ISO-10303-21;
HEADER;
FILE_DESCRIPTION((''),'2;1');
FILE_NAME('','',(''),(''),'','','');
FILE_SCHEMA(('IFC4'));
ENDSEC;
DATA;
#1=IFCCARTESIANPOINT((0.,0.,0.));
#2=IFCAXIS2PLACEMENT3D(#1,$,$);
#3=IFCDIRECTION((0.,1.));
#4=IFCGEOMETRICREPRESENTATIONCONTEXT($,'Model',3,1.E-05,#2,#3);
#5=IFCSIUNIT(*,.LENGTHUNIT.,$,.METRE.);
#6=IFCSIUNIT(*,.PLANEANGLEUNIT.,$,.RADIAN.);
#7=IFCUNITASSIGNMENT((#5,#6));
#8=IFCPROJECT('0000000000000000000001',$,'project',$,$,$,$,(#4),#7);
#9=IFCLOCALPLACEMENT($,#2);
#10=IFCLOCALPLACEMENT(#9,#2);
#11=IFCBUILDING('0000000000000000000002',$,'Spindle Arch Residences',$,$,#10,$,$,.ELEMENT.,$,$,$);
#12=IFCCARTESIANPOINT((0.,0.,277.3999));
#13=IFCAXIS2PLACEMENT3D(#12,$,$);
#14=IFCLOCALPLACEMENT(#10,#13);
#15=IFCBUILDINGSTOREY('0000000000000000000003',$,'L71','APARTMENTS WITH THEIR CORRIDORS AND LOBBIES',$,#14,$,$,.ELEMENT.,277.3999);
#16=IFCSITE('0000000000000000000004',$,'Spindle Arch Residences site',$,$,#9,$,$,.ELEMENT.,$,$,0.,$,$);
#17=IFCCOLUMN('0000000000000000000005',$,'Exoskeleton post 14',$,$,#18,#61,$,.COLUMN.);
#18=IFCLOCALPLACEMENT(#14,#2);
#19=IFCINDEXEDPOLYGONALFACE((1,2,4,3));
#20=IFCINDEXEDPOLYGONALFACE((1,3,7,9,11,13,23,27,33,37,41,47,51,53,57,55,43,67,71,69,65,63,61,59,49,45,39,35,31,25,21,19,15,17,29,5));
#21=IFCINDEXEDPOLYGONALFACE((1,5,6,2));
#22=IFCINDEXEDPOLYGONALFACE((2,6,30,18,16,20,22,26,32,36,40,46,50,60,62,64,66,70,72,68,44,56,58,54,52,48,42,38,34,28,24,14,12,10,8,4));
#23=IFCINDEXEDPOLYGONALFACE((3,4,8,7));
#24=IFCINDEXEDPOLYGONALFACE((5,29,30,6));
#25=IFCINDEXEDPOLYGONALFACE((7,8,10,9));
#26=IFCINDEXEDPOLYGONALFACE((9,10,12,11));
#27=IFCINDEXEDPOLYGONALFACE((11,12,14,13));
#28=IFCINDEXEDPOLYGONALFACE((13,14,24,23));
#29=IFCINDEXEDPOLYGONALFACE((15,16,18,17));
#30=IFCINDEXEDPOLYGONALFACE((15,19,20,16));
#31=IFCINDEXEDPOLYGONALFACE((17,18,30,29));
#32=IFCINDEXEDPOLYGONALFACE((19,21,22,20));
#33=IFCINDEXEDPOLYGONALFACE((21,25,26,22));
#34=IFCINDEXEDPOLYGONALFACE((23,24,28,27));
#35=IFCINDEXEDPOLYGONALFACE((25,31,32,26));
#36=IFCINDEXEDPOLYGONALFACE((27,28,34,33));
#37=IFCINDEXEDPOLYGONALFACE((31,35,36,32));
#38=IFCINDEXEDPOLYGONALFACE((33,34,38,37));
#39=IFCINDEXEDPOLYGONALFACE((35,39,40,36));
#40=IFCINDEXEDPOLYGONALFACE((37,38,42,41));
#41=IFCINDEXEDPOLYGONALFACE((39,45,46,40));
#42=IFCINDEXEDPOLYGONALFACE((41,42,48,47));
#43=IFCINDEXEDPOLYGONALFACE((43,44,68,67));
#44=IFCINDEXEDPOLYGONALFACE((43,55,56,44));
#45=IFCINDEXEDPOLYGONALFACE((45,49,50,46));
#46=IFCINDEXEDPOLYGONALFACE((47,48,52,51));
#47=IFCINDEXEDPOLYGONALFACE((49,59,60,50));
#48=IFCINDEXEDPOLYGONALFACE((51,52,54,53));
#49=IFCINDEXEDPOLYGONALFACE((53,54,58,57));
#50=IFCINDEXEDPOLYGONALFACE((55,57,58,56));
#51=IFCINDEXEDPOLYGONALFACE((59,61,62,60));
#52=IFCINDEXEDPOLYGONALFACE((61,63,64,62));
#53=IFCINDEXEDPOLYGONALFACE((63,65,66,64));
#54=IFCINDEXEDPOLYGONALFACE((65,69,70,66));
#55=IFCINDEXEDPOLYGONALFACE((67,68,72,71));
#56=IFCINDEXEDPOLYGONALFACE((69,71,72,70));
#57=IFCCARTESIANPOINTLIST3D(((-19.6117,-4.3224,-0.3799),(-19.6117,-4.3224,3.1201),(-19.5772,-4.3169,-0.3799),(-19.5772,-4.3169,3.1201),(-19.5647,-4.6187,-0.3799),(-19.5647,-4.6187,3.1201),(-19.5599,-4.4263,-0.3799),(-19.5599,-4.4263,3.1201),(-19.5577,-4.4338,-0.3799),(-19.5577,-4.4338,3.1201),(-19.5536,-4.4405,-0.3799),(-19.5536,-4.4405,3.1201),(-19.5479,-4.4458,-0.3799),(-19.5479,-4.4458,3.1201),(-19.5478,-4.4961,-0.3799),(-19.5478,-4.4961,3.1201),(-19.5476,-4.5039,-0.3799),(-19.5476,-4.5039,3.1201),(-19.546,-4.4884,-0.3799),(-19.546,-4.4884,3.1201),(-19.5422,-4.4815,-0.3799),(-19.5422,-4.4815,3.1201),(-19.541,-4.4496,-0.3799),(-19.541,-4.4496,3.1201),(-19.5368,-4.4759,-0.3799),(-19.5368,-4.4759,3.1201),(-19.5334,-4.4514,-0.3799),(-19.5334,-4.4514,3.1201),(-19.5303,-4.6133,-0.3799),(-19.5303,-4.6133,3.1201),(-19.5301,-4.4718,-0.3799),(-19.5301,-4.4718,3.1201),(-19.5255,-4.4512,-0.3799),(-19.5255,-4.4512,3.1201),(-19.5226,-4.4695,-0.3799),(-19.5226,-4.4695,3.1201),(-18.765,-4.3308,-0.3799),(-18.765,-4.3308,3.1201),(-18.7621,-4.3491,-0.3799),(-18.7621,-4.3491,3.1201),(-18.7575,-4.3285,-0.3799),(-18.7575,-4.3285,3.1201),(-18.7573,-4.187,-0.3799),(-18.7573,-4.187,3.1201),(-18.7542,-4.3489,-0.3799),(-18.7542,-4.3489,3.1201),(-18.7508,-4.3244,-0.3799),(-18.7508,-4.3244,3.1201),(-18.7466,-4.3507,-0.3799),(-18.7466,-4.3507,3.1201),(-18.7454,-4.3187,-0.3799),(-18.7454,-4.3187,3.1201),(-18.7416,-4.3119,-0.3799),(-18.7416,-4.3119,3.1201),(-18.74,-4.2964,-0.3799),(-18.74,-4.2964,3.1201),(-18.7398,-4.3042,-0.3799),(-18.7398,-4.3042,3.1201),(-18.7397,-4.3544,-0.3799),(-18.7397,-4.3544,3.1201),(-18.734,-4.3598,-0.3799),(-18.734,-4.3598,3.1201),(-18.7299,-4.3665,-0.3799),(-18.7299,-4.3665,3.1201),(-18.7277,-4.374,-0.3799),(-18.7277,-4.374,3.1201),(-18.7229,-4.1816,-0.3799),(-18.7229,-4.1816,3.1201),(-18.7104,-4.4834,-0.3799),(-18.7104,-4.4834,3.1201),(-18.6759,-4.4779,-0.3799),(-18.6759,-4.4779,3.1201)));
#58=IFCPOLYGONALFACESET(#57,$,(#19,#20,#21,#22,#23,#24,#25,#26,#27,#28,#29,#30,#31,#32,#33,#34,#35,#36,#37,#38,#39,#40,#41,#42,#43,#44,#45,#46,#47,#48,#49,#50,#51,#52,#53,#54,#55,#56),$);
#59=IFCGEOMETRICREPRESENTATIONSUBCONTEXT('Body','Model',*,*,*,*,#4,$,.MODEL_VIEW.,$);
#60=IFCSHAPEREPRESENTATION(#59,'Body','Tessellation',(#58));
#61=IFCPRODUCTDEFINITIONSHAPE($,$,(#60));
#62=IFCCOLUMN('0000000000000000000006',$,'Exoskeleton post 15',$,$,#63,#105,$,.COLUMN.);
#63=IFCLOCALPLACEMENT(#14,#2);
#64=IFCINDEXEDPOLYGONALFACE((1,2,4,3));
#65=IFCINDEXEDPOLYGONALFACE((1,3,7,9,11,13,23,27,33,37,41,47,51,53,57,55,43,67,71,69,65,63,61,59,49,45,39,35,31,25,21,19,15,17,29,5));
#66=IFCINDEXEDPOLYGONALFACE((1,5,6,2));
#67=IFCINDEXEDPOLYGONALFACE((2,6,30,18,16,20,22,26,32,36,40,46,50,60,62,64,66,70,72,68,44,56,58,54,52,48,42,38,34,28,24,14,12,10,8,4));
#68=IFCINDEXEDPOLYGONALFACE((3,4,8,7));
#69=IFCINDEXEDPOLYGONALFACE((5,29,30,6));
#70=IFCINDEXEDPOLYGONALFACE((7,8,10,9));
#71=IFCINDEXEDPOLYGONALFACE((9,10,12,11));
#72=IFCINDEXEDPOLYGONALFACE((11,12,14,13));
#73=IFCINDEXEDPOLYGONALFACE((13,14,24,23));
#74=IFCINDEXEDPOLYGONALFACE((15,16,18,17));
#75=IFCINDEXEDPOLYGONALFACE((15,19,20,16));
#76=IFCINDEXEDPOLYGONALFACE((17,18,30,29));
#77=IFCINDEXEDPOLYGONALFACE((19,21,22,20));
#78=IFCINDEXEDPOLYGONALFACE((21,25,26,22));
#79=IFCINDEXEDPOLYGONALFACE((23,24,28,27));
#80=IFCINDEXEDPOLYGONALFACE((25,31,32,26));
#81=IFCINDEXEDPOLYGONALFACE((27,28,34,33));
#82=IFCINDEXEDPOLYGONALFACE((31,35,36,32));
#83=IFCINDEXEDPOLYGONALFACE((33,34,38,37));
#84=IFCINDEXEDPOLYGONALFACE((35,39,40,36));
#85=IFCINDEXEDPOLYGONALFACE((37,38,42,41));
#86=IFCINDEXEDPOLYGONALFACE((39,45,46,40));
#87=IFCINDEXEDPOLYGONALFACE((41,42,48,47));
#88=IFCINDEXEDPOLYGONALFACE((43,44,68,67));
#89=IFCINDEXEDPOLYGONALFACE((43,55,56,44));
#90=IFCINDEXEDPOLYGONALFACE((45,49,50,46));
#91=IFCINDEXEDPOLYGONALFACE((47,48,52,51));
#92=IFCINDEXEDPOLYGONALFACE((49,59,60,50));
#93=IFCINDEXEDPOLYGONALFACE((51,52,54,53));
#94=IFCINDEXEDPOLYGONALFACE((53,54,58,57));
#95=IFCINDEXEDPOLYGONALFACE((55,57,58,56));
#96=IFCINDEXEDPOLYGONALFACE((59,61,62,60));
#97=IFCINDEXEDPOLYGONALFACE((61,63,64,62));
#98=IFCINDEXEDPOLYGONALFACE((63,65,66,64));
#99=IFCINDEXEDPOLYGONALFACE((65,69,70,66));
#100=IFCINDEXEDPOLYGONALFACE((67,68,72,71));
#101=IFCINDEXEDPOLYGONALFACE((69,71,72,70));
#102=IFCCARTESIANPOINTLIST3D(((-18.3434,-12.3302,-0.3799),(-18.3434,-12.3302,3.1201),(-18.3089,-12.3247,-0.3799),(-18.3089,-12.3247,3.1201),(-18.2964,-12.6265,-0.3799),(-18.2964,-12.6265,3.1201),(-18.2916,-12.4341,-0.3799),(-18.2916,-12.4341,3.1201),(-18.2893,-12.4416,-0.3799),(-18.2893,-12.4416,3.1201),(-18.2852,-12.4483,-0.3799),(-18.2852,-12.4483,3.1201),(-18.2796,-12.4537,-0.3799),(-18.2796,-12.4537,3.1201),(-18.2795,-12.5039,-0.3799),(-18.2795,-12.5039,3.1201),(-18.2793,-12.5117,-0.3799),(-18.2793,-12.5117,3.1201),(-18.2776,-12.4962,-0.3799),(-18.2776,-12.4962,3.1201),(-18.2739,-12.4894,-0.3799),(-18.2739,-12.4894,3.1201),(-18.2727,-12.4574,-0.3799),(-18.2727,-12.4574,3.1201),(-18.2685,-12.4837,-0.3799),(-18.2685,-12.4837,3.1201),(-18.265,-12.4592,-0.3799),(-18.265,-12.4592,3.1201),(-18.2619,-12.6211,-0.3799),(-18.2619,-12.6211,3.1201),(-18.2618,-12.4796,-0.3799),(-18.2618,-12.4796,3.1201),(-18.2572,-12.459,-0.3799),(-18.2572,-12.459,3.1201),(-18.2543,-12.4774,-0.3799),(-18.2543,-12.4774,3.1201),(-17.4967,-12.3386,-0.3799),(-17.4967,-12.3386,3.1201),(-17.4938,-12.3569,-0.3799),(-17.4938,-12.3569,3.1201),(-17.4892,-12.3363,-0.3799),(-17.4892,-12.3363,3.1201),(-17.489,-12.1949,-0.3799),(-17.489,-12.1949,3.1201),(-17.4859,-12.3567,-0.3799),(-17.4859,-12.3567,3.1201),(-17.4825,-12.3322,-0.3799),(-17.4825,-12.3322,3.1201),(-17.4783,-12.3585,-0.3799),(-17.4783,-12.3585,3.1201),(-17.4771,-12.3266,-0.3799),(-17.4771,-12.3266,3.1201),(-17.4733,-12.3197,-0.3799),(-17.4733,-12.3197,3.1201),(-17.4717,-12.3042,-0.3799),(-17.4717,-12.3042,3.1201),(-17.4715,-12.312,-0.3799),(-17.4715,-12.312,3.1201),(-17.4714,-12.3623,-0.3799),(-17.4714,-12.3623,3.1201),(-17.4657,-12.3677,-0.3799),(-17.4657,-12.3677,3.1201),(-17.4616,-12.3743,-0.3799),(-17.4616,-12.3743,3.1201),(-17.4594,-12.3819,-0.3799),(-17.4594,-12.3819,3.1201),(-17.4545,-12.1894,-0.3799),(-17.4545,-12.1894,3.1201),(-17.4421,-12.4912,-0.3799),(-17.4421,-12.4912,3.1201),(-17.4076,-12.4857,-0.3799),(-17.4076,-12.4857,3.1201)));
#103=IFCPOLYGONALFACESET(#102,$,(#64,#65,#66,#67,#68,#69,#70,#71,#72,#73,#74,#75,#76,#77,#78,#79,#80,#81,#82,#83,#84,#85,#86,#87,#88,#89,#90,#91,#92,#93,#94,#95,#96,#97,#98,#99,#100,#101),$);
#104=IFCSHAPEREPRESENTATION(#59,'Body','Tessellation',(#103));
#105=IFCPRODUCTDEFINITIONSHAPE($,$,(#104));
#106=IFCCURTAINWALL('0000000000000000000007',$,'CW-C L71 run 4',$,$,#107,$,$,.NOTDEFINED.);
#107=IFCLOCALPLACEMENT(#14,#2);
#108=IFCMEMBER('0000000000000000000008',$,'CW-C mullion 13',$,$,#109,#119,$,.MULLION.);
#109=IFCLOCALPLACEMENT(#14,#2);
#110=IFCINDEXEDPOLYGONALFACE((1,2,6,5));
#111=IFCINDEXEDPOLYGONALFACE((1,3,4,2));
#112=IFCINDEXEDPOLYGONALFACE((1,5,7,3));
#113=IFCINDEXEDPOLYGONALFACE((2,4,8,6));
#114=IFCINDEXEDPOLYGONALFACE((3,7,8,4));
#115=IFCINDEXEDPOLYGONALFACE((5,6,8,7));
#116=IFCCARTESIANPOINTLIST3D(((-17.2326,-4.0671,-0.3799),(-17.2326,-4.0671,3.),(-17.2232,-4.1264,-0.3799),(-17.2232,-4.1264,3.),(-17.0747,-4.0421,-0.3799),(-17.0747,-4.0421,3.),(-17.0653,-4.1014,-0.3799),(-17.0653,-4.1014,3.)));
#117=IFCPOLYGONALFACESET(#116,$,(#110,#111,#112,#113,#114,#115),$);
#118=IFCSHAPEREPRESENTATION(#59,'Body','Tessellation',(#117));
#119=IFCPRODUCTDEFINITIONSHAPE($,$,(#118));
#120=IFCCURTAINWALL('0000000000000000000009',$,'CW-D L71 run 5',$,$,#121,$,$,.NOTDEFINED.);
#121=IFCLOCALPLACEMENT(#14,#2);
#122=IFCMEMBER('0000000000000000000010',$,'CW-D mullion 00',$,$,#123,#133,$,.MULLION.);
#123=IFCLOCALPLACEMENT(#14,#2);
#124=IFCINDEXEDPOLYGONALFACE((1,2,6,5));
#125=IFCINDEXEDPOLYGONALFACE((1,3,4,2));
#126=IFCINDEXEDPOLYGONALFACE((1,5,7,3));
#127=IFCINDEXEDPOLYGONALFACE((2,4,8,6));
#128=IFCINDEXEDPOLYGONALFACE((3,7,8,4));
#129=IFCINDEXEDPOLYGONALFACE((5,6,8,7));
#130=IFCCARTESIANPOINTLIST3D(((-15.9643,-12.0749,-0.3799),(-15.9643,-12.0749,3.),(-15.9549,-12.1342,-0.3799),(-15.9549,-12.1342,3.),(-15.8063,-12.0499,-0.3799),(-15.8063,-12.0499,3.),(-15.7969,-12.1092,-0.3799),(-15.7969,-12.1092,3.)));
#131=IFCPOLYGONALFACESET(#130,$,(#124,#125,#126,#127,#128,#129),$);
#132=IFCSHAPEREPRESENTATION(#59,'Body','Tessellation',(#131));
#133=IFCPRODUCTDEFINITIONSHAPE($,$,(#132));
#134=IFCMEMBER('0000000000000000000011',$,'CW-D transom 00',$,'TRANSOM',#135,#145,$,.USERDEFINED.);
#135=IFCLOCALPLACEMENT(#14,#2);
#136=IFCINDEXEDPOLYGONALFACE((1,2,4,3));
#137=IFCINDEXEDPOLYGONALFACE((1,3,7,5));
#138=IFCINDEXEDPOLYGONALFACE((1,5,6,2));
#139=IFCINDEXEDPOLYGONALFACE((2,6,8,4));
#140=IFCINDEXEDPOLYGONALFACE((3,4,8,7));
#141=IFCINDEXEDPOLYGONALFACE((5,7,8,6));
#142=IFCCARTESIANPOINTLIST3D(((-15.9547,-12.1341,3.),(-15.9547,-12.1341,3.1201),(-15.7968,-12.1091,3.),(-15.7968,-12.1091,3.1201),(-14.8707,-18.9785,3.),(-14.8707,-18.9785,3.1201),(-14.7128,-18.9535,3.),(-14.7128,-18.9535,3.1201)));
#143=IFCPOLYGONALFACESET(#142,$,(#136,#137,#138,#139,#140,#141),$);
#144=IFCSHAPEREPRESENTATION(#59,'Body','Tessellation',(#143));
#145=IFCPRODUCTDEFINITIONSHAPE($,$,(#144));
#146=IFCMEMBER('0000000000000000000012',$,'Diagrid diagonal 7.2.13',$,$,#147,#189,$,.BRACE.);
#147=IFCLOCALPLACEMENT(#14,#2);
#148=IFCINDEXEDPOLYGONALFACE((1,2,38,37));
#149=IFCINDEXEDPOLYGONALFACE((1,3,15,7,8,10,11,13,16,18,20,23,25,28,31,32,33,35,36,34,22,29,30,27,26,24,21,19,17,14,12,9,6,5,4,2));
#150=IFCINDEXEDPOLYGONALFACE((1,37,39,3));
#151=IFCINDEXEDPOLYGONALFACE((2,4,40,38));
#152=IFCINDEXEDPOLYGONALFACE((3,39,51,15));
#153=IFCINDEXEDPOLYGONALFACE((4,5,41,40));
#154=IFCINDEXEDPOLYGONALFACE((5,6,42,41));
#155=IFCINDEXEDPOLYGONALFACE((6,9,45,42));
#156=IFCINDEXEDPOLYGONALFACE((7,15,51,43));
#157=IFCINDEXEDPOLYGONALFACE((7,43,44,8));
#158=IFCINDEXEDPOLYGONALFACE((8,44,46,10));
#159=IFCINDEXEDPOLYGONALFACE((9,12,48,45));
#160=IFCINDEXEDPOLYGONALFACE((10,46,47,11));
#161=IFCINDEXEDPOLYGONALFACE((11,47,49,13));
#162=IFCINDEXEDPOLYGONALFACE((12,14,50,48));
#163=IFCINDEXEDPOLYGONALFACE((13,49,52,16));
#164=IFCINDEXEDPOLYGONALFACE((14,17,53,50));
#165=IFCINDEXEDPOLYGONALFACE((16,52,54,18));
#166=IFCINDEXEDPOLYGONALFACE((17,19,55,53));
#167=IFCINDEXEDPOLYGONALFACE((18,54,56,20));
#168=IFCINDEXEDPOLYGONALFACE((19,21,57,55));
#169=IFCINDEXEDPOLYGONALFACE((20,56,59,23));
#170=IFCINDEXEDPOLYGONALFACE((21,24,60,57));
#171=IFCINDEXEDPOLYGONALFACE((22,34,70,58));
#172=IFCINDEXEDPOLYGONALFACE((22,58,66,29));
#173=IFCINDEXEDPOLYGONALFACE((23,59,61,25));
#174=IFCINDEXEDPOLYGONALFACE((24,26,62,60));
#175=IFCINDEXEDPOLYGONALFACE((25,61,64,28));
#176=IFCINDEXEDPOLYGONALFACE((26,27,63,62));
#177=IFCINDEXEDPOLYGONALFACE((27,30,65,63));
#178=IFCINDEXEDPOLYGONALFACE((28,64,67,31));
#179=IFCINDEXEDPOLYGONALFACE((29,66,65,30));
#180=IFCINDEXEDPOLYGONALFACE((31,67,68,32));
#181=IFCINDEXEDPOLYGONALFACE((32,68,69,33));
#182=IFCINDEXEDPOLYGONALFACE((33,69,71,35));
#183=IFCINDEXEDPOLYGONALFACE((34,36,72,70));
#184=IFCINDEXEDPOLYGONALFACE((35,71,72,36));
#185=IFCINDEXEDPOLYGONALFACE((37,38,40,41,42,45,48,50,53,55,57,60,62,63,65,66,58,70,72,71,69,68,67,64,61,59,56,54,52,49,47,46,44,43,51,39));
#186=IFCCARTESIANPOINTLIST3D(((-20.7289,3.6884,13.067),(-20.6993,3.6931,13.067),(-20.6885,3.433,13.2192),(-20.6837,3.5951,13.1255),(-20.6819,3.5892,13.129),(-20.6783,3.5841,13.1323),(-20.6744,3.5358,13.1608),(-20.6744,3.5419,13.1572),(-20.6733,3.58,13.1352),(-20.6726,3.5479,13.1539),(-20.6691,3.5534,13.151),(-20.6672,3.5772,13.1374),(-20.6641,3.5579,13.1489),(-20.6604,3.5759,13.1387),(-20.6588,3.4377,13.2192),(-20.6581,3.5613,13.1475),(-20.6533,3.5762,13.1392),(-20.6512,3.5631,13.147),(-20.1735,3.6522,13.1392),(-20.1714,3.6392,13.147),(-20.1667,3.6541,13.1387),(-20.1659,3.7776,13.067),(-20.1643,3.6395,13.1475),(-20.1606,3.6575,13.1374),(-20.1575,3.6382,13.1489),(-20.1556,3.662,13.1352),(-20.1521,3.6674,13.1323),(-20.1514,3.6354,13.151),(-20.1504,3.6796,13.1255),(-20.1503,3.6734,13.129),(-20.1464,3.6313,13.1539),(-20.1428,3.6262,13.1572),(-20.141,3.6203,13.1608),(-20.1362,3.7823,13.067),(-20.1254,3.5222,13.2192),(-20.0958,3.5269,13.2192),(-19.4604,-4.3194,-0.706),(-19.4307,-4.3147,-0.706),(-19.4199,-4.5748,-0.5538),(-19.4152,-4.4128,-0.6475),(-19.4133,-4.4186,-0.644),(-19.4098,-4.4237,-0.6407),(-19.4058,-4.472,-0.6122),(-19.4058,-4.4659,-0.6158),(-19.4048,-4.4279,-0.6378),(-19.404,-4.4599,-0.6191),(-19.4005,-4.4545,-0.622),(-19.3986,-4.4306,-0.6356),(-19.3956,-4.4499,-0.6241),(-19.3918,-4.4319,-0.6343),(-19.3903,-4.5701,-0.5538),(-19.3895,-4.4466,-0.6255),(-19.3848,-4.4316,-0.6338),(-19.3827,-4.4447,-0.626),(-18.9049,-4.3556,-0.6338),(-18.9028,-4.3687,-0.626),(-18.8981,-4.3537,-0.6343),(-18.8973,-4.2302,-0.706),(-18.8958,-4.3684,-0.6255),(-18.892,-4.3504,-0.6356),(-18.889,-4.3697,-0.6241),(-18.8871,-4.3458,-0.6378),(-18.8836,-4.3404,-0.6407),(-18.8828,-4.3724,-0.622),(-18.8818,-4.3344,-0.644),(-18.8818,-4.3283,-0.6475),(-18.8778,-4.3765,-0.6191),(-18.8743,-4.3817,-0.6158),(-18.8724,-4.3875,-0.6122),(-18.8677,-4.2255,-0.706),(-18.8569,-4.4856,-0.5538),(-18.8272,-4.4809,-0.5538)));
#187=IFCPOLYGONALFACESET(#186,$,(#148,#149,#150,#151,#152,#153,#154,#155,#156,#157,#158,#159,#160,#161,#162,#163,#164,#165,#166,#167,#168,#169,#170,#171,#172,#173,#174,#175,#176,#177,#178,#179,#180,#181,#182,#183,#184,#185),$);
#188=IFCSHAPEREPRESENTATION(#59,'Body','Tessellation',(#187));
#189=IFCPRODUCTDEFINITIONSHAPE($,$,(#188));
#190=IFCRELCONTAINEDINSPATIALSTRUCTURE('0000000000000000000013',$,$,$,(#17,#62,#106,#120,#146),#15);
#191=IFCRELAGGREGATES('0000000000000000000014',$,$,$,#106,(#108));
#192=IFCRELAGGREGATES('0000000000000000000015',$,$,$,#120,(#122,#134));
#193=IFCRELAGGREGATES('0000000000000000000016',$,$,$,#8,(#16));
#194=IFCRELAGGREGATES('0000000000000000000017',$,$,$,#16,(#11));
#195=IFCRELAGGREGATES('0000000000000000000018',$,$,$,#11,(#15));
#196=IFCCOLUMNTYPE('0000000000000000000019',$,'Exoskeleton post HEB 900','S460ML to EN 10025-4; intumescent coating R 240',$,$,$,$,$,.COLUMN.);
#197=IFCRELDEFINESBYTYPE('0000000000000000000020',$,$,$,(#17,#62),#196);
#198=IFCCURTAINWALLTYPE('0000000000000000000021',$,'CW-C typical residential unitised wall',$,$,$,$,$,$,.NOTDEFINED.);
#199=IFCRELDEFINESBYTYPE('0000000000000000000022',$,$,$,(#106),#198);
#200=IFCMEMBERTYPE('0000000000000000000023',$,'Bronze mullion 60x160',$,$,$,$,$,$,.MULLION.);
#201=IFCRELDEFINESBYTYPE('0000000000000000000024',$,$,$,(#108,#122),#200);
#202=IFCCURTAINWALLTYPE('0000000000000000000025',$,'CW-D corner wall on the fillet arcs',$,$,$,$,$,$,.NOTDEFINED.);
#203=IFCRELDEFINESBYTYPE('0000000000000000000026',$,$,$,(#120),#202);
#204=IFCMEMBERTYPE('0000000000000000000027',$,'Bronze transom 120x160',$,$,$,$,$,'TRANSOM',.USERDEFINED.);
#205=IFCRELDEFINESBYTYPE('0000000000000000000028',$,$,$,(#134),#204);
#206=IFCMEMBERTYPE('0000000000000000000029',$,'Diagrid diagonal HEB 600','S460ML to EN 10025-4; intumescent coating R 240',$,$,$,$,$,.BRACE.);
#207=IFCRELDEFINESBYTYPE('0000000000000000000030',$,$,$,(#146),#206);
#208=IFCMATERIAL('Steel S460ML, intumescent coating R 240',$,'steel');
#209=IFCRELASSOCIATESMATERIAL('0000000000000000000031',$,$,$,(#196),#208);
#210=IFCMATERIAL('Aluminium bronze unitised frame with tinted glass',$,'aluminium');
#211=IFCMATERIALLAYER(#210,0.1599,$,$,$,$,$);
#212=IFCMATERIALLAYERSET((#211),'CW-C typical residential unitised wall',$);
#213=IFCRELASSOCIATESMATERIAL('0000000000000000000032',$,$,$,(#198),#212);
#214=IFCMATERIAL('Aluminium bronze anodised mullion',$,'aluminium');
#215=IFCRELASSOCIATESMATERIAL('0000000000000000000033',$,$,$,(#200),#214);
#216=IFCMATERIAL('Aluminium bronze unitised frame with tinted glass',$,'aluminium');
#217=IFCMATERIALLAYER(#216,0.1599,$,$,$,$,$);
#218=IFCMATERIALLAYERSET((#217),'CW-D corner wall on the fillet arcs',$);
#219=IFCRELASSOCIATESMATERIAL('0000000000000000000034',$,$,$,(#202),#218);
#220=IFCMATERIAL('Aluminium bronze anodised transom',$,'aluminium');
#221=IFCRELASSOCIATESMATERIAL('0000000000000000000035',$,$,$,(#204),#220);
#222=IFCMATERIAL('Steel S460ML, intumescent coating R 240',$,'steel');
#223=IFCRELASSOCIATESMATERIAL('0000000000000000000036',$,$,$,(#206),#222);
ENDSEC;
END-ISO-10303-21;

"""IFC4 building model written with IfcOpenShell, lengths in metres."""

from ifc_helpers import new_model, si_unit, direction, frame, origin, origin_2d, place, context, subcontext, project, spatial, rectangle, i_section, extrude, material, layer, layer_set, material_profile, profile_set, type_object, element, aggregate, save


model = new_model("IFC4")

# Units and contexts
model_context = context("Model", 3, precision=1e-05, world=origin(), true_north=direction((0.0, 1.0)))
body_context = subcontext(model_context, "Body", "Model", "MODEL_VIEW")
ifc_project = project(units=[si_unit("LENGTHUNIT", "METRE"), si_unit("PLANEANGLEUNIT", "RADIAN")], contexts=[model_context])

# Site, building, storey
site_placement = place(None, origin())
site = spatial("IfcSite", under=ifc_project, at=site_placement, Name="Spindle Arch Residences site", CompositionType="ELEMENT", RefElevation=0.0)
building_placement = place(site_placement, origin())
building = spatial("IfcBuilding", under=site, at=building_placement, Name="Spindle Arch Residences", CompositionType="ELEMENT")
storey_placement = place(building_placement, frame((0.0, 0.0, 277.3999)))
storey = spatial("IfcBuildingStorey", under=building, at=storey_placement, Name="L71", Description="APARTMENTS WITH THEIR CORRIDORS AND LOBBIES", CompositionType="ELEMENT", Elevation=277.3999)

# Columns
ifc_material_1 = material(Name="Steel S460ML, intumescent coating R 240", Category="steel")
ifc_material_profile_1 = material_profile(ifc_material_1, i_section(OverallWidth=0.3, OverallDepth=0.8999, WebThickness=0.0186, FlangeThickness=0.0349, FilletRadius=0.03, at=origin_2d()), Name="HEB 900")
ifc_profile_set_1 = profile_set([ifc_material_profile_1], Name="Steel S460ML, intumescent coating R 240")
column_type = type_object("IfcColumnType", Name="Exoskeleton post HEB 900", Description="S460ML to EN 10025-4; intumescent coating R 240", PredefinedType="COLUMN", material=ifc_profile_set_1)
for number, where, z_axis, x_axis, name in (
    (1, (-19.1438, -4.4001, -0.3799), (0.0, 0.0, 1.0), (-0.156434, 0.987688, 0.0), "Exoskeleton post 14"),
    (2, (-17.8755, -12.408, -0.3799), (0.0, 0.0, 1.0), (-0.156434, 0.987688, 0.0), "Exoskeleton post 15"),
):
    element("IfcColumn", number, at=place(storey_placement, frame(where, z_axis=z_axis, x_axis=x_axis)), inside=storey, type_object=column_type, Name=name, PredefinedType="COLUMN", context=body_context, shape_type="SweptSolid", body=[
        extrude(i_section(OverallWidth=0.3, OverallDepth=0.8999, WebThickness=0.0186, FlangeThickness=0.0349, FilletRadius=0.03, at=origin_2d()), origin(), (0.0, 0.0, 1.0), 3.5),
    ])

# Curtain wall, member
ifc_material_2 = material(Name="Aluminium bronze unitised frame with tinted glass", Category="aluminium")
ifc_layer_1 = layer(ifc_material_2, 0.1599)
ifc_layer_set_1 = layer_set([ifc_layer_1], Name="CW-C typical residential unitised wall")
curtain_wall_type_1 = type_object("IfcCurtainWallType", Name="CW-C typical residential unitised wall", PredefinedType="NOTDEFINED", material=ifc_layer_set_1)
curtain_wall_1_placement = place(storey_placement, origin())
curtain_wall_1 = element("IfcCurtainWall", 3, at=curtain_wall_1_placement, inside=storey, type_object=curtain_wall_type_1, Name="CW-C L71 run 4", PredefinedType="NOTDEFINED")
ifc_material_3 = material(Name="Aluminium bronze anodised mullion", Category="aluminium")
ifc_material_profile_2 = material_profile(ifc_material_3, rectangle(XDim=0.1599, YDim=0.0601, at=origin_2d()), Name="MU 60x160")
ifc_profile_set_2 = profile_set([ifc_material_profile_2], Name="Aluminium bronze anodised mullion")
member_type_1 = type_object("IfcMemberType", Name="Bronze mullion 60x160", PredefinedType="MULLION", material=ifc_profile_set_2)
member_1_placement = place(storey_placement, frame((-17.1489, -4.0842, -0.3799), z_axis=(0.0, 0.0, 1.0), x_axis=(0.987688, 0.156434, 0.0)))
member_1 = element("IfcMember", 4, at=member_1_placement, type_object=member_type_1, Name="CW-C mullion 13", PredefinedType="MULLION", context=body_context, shape_type="SweptSolid", body=[
    extrude(rectangle(XDim=0.1599, YDim=0.0601, at=origin_2d()), origin(), (0.0, 0.0, 1.0), 3.3799),
])

# Curtain wall, members
ifc_material_4 = material(Name="Aluminium bronze unitised frame with tinted glass", Category="aluminium")
ifc_layer_2 = layer(ifc_material_4, 0.1599)
ifc_layer_set_2 = layer_set([ifc_layer_2], Name="CW-D corner wall on the fillet arcs")
curtain_wall_type_2 = type_object("IfcCurtainWallType", Name="CW-D corner wall on the fillet arcs", PredefinedType="NOTDEFINED", material=ifc_layer_set_2)
curtain_wall_2_placement = place(storey_placement, origin())
curtain_wall_2 = element("IfcCurtainWall", 5, at=curtain_wall_2_placement, inside=storey, type_object=curtain_wall_type_2, Name="CW-D L71 run 5", PredefinedType="NOTDEFINED")
member_2_placement = place(storey_placement, frame((-15.8806, -12.092, -0.3799), z_axis=(0.0, 0.0, 1.0), x_axis=(0.987688, 0.156434, 0.0)))
member_2 = element("IfcMember", 6, at=member_2_placement, type_object=member_type_1, Name="CW-D mullion 00", PredefinedType="MULLION", context=body_context, shape_type="SweptSolid", body=[
    extrude(rectangle(XDim=0.1599, YDim=0.0601, at=origin_2d()), origin(), (0.0, 0.0, 1.0), 3.3799),
])
ifc_material_5 = material(Name="Aluminium bronze anodised transom", Category="aluminium")
ifc_material_profile_3 = material_profile(ifc_material_5, rectangle(XDim=0.1599, YDim=0.1201, at=origin_2d()), Name="TR 120x160")
ifc_profile_set_3 = profile_set([ifc_material_profile_3], Name="Aluminium bronze anodised transom")
member_type_2 = type_object("IfcMemberType", Name="Bronze transom 120x160", ElementType="TRANSOM", PredefinedType="USERDEFINED", material=ifc_profile_set_3)
member_3_placement = place(storey_placement, frame((-15.8757, -12.1216, 3.0601), z_axis=(0.156424, -0.98769, 0.0), x_axis=(0.98769, 0.156424, 0.0)))
member_3 = element("IfcMember", 7, at=member_3_placement, type_object=member_type_2, Name="CW-D transom 00", ObjectType="TRANSOM", PredefinedType="USERDEFINED", context=body_context, shape_type="SweptSolid", body=[
    extrude(rectangle(XDim=0.1599, YDim=0.1201, at=origin_2d()), origin(), (0.0, 0.0, 1.0), 6.9297),
])

# Member
ifc_material_6 = material(Name="Steel S460ML, intumescent coating R 240", Category="steel")
ifc_material_profile_4 = material_profile(ifc_material_6, i_section(OverallWidth=0.3, OverallDepth=0.6001, WebThickness=0.0154, FlangeThickness=0.03, FilletRadius=0.0271, at=origin_2d()), Name="HEB 600")
ifc_profile_set_4 = profile_set([ifc_material_profile_4], Name="Steel S460ML, intumescent coating R 240")
member_type_3 = type_object("IfcMemberType", Name="Diagrid diagonal HEB 600", Description="S460ML to EN 10025-4; intumescent coating R 240", PredefinedType="BRACE", material=ifc_profile_set_4)
for number, where, z_axis, x_axis, name in (
    (8, (-19.1438, -4.4001, -0.6299), (-0.079373, 0.501048, 0.861772), (0.134836, -0.851158, 0.507296), "Diagrid diagonal 7.2.13"),
):
    element("IfcMember", number, at=place(storey_placement, frame(where, z_axis=z_axis, x_axis=x_axis)), inside=storey, type_object=member_type_3, Name=name, PredefinedType="BRACE", context=body_context, shape_type="SweptSolid", body=[
        extrude(i_section(OverallWidth=0.3, OverallDepth=0.6001, WebThickness=0.0154, FlangeThickness=0.03, FilletRadius=0.0271, at=origin_2d()), origin(), (0.0, 0.0, 1.0), 15.9822),
    ])

aggregate(curtain_wall_1, [member_1])
aggregate(curtain_wall_2, [member_2, member_3])

save(model, "model.ifc")
